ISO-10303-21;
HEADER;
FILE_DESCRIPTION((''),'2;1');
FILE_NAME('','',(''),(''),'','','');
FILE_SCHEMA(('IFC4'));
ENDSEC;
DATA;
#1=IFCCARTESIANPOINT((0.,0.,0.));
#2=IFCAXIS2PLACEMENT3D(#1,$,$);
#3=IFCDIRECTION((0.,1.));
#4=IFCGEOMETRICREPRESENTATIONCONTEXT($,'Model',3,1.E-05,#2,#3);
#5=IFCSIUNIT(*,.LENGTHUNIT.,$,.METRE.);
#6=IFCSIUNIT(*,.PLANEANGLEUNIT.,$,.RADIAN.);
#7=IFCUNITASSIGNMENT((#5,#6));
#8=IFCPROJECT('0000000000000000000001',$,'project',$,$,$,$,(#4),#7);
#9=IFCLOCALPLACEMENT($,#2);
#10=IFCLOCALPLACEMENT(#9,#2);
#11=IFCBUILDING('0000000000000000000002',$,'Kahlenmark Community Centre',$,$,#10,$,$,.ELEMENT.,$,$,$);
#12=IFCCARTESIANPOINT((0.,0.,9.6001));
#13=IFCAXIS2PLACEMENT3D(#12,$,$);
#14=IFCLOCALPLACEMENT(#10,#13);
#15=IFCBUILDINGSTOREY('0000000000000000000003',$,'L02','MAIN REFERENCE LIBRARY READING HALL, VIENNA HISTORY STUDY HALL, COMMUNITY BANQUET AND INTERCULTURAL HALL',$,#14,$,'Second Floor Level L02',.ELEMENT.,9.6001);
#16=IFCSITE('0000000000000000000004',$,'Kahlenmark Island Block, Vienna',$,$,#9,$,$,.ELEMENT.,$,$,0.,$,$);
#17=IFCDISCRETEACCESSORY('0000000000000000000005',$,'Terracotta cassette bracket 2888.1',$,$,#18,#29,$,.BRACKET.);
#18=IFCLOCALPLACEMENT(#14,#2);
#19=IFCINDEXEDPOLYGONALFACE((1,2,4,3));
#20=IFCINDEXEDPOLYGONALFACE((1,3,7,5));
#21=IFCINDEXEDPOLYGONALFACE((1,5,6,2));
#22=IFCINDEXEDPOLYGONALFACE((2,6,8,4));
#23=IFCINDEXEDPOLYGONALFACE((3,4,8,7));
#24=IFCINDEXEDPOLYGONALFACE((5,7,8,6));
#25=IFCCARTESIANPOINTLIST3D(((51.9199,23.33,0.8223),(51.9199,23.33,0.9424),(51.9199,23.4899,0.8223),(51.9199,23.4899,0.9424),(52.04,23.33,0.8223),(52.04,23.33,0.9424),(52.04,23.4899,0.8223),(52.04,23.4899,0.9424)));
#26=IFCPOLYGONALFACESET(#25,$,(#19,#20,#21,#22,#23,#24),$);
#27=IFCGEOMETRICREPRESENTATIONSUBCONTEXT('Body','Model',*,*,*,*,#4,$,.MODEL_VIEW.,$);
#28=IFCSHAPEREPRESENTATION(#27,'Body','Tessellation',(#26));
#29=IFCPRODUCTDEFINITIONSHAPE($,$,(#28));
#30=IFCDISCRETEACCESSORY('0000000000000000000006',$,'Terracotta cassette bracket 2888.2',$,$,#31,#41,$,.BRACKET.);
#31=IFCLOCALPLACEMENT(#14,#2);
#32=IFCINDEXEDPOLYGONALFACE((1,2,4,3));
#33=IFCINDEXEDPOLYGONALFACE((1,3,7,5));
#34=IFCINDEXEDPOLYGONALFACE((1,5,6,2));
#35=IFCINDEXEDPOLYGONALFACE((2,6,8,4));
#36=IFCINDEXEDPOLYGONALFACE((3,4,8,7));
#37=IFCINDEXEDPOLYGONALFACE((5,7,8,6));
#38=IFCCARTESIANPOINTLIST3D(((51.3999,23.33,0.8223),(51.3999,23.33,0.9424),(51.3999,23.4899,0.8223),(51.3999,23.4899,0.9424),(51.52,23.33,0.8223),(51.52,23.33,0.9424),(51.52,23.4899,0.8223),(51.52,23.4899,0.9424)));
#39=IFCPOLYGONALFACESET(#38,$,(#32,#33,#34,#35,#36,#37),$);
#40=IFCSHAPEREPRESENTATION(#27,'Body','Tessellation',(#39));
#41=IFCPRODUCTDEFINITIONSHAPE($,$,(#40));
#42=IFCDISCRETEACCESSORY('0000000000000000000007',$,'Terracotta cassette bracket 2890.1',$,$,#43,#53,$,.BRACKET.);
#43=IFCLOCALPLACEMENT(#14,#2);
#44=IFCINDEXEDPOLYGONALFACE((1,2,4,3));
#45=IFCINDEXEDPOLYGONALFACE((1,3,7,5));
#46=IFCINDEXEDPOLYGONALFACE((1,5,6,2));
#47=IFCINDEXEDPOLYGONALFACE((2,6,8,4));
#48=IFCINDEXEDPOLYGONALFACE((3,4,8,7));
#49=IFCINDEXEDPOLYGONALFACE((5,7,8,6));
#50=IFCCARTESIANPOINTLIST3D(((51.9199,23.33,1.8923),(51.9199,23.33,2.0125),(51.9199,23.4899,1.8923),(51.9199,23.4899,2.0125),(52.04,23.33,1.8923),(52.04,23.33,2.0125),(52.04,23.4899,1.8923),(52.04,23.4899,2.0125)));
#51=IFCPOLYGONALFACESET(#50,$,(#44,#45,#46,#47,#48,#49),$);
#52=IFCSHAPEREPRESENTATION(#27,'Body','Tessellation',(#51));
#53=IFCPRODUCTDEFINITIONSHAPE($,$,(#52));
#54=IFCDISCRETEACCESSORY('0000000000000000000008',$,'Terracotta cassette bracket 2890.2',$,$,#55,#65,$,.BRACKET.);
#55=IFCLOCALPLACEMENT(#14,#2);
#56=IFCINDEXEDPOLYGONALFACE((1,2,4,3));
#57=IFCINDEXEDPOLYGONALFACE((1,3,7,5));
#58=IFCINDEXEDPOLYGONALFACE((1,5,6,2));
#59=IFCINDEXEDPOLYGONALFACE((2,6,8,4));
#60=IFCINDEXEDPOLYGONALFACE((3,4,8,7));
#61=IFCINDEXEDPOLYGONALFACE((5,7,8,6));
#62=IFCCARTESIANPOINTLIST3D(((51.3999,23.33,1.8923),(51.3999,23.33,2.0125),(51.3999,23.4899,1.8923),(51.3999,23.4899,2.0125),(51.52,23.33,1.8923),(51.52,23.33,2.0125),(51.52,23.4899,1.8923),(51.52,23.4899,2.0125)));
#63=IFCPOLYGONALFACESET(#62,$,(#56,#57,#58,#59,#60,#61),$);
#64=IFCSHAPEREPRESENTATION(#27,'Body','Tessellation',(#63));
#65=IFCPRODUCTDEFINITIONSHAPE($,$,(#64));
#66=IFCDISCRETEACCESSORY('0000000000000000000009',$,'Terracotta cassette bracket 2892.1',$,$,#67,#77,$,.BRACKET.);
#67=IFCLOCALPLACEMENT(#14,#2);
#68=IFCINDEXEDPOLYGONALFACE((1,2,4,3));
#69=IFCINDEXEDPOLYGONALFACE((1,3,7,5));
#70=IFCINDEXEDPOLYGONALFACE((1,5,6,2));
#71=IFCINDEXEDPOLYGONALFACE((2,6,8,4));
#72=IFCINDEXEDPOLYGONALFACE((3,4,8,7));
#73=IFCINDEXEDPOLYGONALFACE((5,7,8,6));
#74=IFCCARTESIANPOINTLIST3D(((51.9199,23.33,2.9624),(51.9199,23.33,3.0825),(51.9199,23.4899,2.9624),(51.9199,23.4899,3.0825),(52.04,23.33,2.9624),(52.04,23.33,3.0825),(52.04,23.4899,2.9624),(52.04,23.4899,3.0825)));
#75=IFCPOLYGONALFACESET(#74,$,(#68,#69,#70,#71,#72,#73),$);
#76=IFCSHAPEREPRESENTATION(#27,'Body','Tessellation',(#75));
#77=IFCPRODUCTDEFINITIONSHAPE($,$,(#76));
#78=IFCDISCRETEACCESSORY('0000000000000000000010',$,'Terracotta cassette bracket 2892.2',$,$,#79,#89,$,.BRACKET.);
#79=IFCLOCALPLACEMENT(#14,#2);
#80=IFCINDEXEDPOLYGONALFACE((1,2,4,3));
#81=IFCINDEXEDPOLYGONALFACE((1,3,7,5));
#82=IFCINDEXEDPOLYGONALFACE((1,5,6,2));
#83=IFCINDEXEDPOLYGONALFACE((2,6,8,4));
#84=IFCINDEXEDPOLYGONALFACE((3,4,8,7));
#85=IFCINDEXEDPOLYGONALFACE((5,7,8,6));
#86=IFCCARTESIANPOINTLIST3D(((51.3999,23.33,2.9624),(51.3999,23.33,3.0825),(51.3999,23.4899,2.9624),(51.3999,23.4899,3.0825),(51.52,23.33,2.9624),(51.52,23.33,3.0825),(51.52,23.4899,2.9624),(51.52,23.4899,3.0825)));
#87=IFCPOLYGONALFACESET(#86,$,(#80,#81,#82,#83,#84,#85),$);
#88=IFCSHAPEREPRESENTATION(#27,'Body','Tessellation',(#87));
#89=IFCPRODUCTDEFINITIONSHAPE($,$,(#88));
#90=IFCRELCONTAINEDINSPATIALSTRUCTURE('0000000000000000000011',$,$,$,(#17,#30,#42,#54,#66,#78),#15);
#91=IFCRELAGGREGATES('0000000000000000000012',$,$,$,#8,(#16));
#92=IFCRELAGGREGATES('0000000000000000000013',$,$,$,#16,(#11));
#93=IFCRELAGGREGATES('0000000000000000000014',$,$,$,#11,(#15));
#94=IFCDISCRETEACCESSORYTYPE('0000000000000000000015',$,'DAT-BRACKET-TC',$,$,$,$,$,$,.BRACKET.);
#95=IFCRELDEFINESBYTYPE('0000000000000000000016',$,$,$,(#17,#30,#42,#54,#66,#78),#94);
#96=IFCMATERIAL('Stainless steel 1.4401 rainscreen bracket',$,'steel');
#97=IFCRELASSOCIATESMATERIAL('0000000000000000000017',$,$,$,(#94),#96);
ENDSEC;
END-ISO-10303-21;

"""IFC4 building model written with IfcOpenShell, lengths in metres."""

from ifc_helpers import new_model, si_unit, direction, frame, origin, origin_2d, place, context, subcontext, project, spatial, rectangle, extrude, material, type_object, element, save


model = new_model("IFC4")

# Units and contexts
model_context = context("Model", 3, precision=1e-05, world=origin(), true_north=direction((0.0, 1.0)))
body_context = subcontext(model_context, "Body", "Model", "MODEL_VIEW")
ifc_project = project(units=[si_unit("LENGTHUNIT", "METRE"), si_unit("PLANEANGLEUNIT", "RADIAN")], contexts=[model_context])

# Site, building, storey
site_placement = place(None, origin())
site = spatial("IfcSite", under=ifc_project, at=site_placement, Name="Kahlenmark Island Block, Vienna", CompositionType="ELEMENT", RefElevation=0.0)
building_placement = place(site_placement, origin())
building = spatial("IfcBuilding", under=site, at=building_placement, Name="Kahlenmark Community Centre", CompositionType="ELEMENT")
storey_placement = place(building_placement, frame((0.0, 0.0, 9.6001)))
storey = spatial("IfcBuildingStorey", under=building, at=storey_placement, Name="L02", Description="MAIN REFERENCE LIBRARY READING HALL, VIENNA HISTORY STUDY HALL, COMMUNITY BANQUET AND INTERCULTURAL HALL", LongName="Second Floor Level L02", CompositionType="ELEMENT", Elevation=9.6001)

# Discrete accessories
ifc_material_1 = material(Name="Stainless steel 1.4401 rainscreen bracket", Category="steel")
discrete_accessory_type = type_object("IfcDiscreteAccessoryType", Name="DAT-BRACKET-TC", PredefinedType="BRACKET", material=ifc_material_1)
for number, where, z_axis, x_axis, name in (
    (1, (51.98, 23.4099, 0.8223), (0.0, 0.0, 1.0), (-1.0, 0.0, 0.0), "Terracotta cassette bracket 2888.1"),
    (2, (51.46, 23.4099, 0.8223), (0.0, 0.0, 1.0), (-1.0, 0.0, 0.0), "Terracotta cassette bracket 2888.2"),
    (3, (51.98, 23.4099, 1.8923), (0.0, 0.0, 1.0), (-1.0, 0.0, 0.0), "Terracotta cassette bracket 2890.1"),
    (4, (51.46, 23.4099, 1.8923), (0.0, 0.0, 1.0), (-1.0, 0.0, 0.0), "Terracotta cassette bracket 2890.2"),
    (5, (51.98, 23.4099, 2.9624), (0.0, 0.0, 1.0), (-1.0, 0.0, 0.0), "Terracotta cassette bracket 2892.1"),
    (6, (51.46, 23.4099, 2.9624), (0.0, 0.0, 1.0), (-1.0, 0.0, 0.0), "Terracotta cassette bracket 2892.2"),
):
    element("IfcDiscreteAccessory", number, at=place(storey_placement, frame(where, z_axis=z_axis, x_axis=x_axis)), inside=storey, type_object=discrete_accessory_type, Name=name, PredefinedType="BRACKET", context=body_context, shape_type="SweptSolid", body=[
        extrude(rectangle(XDim=0.1201, YDim=0.1599, at=origin_2d()), origin(), (0.0, 0.0, 1.0), 0.1201),
    ])

save(model, "model.ifc")
